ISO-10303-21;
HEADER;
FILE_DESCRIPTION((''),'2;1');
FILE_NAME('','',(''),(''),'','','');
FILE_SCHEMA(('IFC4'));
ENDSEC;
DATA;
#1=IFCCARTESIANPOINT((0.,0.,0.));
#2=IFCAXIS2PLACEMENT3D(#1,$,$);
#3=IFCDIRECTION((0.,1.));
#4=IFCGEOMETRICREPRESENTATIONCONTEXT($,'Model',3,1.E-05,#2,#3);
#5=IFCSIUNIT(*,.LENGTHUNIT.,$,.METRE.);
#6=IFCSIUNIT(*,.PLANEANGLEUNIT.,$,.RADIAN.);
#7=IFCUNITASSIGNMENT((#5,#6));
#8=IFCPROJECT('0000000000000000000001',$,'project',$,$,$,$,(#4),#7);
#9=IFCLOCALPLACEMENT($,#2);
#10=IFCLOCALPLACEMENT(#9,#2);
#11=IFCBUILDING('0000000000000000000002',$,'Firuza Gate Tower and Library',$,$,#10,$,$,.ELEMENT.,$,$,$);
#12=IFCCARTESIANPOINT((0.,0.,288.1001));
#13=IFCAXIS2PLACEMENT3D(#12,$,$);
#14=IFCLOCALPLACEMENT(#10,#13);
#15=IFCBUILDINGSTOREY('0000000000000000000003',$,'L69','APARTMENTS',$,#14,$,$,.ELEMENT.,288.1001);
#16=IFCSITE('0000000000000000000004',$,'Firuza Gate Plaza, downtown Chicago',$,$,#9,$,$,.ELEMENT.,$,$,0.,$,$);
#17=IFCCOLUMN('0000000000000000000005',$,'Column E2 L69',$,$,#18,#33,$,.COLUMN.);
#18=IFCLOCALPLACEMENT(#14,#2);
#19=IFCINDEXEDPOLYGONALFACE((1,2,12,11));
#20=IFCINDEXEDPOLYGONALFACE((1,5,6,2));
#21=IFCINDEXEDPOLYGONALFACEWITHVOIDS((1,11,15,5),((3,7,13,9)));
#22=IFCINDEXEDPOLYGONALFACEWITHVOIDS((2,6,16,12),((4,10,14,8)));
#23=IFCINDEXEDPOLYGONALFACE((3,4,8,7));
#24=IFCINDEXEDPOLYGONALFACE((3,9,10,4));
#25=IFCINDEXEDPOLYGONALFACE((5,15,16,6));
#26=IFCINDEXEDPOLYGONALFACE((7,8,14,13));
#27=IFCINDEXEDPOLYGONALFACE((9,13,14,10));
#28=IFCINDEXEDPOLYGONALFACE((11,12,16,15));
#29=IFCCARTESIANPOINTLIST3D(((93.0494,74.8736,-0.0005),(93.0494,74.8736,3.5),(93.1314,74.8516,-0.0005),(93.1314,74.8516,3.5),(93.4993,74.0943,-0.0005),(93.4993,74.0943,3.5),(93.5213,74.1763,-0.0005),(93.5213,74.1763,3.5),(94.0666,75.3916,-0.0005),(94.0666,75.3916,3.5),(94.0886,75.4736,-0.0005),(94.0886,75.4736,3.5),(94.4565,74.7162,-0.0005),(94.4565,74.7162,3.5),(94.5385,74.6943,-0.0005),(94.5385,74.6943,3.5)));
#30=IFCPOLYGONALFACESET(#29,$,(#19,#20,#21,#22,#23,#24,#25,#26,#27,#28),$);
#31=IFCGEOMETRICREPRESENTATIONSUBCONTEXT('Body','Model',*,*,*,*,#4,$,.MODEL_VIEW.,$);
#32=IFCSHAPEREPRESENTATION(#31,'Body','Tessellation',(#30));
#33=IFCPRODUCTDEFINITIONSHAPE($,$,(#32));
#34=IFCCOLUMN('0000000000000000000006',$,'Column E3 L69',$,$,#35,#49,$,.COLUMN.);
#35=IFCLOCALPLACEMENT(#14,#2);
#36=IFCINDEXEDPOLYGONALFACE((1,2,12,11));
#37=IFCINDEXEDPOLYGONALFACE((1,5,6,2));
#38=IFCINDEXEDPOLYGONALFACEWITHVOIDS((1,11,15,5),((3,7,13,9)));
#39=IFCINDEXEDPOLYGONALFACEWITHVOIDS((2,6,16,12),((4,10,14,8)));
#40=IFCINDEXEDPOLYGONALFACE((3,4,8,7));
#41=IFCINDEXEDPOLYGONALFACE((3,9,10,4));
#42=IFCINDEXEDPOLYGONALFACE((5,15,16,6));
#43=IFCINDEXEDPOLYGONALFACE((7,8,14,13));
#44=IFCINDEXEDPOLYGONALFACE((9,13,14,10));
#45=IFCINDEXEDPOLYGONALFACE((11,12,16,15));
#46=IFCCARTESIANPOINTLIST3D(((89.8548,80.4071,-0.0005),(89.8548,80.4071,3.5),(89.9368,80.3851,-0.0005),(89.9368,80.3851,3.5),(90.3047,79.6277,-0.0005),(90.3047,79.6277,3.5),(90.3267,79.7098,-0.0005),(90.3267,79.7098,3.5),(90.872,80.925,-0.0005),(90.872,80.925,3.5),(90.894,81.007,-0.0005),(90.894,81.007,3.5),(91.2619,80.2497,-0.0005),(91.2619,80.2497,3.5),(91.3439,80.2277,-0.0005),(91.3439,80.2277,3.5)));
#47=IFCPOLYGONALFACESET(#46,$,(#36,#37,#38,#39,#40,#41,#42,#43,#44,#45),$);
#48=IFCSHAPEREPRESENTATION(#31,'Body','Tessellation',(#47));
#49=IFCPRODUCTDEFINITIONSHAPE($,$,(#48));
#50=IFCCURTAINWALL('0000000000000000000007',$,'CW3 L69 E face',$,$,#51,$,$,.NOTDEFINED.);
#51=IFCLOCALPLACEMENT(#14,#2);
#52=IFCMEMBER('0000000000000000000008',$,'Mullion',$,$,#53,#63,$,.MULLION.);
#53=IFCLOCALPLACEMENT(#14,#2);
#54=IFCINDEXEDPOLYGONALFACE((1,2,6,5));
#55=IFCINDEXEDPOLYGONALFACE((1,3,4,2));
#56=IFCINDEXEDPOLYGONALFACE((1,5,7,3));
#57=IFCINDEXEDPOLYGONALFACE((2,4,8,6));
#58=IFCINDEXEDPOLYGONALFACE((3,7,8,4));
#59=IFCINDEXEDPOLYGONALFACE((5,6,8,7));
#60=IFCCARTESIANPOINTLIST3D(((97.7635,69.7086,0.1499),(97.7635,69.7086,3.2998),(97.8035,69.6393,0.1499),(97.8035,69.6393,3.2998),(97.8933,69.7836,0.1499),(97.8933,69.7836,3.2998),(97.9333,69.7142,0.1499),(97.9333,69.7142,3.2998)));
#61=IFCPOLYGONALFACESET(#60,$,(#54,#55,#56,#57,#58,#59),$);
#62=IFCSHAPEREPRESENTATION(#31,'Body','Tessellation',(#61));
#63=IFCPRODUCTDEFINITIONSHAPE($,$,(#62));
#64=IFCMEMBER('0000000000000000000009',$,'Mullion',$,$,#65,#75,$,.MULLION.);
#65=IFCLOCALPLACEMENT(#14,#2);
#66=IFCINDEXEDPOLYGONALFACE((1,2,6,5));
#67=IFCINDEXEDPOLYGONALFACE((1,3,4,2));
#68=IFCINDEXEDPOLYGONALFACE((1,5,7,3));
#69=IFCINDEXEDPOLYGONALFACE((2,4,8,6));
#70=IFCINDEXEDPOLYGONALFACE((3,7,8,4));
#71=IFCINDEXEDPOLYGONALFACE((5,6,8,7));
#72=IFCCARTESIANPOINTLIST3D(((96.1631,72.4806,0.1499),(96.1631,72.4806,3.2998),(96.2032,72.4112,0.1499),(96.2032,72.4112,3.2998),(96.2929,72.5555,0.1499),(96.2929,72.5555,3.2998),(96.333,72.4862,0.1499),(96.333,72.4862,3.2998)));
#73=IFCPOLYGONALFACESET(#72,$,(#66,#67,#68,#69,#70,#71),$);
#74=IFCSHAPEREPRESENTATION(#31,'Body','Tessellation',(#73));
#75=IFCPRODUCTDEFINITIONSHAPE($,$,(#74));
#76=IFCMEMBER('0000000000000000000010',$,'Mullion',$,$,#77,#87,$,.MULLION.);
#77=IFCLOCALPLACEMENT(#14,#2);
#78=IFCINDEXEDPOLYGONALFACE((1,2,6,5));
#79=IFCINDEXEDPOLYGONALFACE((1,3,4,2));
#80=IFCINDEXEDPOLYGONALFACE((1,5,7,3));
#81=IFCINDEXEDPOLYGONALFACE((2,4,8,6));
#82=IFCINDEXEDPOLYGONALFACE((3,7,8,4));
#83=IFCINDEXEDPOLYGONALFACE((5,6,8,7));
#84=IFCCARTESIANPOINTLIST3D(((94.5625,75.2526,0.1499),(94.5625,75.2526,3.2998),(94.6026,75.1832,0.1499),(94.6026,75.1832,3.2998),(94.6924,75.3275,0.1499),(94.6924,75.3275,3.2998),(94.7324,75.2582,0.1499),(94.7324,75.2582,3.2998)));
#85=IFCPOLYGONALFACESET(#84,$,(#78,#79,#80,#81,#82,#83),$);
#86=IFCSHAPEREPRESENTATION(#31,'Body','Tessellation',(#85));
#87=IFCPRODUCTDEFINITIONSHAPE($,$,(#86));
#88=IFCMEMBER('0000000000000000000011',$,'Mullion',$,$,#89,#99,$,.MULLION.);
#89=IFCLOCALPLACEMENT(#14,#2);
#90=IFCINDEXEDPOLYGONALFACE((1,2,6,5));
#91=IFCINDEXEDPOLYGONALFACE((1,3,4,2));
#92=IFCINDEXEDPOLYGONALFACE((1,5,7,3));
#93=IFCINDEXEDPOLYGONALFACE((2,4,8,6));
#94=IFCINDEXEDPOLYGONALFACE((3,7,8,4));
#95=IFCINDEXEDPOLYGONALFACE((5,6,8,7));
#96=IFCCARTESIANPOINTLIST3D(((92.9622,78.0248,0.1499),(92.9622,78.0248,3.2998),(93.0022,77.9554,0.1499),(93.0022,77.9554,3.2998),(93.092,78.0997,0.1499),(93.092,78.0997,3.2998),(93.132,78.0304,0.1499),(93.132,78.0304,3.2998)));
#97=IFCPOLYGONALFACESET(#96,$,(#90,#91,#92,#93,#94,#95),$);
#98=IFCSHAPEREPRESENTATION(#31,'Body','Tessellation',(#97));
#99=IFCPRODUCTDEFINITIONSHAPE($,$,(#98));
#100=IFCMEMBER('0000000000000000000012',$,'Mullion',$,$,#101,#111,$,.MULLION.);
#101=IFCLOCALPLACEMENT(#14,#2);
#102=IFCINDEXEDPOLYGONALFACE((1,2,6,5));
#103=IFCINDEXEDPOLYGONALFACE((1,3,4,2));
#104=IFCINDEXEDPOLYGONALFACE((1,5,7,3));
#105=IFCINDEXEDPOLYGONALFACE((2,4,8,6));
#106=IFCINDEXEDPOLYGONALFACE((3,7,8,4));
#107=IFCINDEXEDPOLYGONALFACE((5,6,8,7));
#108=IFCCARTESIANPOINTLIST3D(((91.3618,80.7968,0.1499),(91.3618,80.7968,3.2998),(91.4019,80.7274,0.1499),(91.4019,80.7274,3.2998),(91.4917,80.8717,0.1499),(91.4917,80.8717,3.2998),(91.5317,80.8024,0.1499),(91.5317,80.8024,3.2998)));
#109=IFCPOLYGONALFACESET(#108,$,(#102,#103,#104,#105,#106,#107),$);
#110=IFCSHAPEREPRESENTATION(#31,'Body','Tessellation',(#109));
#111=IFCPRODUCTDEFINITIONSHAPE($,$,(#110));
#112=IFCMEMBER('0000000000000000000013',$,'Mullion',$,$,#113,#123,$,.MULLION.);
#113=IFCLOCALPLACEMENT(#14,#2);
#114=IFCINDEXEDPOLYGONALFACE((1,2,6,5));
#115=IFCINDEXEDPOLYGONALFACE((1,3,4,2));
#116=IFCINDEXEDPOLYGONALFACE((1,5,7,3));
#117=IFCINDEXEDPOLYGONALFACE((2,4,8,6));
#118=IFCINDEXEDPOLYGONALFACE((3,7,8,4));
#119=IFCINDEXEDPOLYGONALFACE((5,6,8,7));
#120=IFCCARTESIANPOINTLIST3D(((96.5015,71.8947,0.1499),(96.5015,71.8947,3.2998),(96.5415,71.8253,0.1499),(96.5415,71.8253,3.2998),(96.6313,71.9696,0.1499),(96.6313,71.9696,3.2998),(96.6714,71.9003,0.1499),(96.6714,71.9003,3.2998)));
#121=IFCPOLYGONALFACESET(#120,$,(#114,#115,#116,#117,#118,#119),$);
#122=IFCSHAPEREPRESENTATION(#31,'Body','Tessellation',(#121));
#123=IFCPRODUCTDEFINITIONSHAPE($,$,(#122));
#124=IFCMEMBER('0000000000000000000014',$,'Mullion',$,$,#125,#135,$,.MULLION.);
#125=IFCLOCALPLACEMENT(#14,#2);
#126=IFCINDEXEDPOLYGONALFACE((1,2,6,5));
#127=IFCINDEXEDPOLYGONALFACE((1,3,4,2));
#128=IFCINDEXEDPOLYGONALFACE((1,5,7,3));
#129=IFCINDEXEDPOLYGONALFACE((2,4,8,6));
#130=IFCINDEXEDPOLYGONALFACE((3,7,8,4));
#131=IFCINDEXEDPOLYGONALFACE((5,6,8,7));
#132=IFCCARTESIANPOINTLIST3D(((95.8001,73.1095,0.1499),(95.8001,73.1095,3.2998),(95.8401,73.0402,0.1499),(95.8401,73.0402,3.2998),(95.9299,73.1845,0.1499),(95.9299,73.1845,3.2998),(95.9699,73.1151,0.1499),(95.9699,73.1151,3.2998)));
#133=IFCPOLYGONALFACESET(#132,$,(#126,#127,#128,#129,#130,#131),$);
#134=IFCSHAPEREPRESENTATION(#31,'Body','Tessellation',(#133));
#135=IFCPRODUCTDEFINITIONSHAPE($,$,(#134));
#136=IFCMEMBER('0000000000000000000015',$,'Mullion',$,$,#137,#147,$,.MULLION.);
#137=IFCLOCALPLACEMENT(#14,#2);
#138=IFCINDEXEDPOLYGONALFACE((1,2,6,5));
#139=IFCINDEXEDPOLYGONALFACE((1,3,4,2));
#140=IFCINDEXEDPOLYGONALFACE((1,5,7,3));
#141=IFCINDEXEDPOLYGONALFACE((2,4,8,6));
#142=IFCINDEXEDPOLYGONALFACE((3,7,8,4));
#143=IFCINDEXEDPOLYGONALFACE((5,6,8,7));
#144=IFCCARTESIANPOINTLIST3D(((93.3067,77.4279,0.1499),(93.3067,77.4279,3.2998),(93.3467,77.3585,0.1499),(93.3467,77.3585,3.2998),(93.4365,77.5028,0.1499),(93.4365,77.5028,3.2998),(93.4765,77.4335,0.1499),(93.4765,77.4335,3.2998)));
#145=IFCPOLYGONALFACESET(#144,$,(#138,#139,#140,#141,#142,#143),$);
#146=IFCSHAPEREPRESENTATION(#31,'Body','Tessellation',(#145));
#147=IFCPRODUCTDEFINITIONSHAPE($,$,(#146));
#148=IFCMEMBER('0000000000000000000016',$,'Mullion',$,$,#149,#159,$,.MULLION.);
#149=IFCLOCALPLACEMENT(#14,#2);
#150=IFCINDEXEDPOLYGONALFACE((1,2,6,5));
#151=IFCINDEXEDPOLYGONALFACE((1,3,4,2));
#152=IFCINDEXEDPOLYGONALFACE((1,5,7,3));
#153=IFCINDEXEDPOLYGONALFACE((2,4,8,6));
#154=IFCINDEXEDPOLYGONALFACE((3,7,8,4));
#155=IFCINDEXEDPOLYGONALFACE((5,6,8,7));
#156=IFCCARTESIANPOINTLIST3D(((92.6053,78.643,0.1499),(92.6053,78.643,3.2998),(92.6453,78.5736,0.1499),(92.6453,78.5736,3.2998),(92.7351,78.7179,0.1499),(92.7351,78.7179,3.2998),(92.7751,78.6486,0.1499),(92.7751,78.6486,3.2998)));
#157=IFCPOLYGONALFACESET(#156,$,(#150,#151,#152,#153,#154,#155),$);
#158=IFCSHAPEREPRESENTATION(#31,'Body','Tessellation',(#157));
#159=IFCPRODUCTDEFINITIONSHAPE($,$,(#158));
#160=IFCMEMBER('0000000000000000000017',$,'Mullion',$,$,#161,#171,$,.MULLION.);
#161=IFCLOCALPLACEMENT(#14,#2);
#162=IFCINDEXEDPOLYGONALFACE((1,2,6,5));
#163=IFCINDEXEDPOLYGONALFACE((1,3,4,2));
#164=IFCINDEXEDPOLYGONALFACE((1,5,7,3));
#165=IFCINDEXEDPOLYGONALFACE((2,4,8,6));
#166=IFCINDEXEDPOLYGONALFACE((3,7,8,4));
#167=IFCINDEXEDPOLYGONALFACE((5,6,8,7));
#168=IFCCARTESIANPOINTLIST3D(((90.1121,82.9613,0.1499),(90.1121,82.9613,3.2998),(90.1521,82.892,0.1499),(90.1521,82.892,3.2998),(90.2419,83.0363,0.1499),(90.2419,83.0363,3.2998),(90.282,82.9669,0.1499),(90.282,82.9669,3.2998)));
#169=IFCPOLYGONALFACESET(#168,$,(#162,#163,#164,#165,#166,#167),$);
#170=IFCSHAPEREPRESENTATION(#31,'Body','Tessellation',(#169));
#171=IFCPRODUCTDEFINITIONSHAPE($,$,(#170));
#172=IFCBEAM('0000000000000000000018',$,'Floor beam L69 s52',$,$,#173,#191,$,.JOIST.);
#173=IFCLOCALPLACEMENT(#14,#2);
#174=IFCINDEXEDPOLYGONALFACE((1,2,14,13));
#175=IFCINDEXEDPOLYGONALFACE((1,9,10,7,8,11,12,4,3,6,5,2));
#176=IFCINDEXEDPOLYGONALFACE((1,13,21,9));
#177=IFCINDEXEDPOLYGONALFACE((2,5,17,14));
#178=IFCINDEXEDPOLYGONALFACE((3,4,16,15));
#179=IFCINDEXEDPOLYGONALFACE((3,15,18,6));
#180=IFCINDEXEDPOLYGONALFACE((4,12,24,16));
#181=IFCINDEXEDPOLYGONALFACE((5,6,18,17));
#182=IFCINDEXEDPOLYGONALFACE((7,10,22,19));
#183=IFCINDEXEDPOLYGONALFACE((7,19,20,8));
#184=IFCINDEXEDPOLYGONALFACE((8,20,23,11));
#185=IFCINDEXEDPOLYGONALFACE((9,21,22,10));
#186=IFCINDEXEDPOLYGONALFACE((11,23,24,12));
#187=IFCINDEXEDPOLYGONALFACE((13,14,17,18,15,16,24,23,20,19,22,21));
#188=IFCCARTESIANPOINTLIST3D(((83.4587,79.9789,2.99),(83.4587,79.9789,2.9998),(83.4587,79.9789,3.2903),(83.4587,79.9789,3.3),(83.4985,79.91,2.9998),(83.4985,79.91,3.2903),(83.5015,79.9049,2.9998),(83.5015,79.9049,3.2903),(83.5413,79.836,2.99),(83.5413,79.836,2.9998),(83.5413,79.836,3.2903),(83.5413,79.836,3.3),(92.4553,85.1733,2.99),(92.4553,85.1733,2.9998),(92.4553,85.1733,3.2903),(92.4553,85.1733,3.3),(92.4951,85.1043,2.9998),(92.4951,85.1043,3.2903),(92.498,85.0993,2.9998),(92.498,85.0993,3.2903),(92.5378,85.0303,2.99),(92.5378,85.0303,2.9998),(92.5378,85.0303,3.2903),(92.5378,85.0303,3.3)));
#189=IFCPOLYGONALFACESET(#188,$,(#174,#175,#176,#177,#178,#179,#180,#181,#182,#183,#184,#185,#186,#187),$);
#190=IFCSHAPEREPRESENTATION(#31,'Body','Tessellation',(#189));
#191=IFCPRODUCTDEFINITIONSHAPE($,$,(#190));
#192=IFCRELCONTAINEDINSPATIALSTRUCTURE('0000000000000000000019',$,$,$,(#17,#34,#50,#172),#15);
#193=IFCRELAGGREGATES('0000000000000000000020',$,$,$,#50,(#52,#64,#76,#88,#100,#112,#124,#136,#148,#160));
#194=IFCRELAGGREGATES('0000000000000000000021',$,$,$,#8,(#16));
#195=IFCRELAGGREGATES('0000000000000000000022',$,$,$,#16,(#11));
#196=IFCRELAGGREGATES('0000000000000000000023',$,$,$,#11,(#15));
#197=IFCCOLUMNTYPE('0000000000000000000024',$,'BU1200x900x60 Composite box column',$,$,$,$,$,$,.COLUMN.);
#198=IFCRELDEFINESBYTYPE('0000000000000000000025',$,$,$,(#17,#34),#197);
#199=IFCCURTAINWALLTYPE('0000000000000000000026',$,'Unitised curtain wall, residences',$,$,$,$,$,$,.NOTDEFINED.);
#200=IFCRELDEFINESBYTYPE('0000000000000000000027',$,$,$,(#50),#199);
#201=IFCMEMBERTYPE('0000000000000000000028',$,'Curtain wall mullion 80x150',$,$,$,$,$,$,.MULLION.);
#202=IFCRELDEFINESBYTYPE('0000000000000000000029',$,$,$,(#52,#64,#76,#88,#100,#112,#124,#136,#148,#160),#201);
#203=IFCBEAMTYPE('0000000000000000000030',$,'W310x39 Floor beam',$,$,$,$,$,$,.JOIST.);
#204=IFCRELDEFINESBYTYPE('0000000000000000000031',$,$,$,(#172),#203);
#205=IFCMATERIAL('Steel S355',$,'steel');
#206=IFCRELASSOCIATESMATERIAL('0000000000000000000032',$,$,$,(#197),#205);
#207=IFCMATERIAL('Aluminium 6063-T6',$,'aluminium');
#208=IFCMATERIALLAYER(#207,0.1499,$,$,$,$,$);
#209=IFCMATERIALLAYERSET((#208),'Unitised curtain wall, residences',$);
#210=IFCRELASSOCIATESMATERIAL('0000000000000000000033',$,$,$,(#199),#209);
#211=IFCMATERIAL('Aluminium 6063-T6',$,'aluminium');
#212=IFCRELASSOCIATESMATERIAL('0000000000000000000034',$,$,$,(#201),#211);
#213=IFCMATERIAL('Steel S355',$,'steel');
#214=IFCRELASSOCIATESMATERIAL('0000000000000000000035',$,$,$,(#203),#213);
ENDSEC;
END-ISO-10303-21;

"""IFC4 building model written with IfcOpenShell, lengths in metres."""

from ifc_helpers import new_model, si_unit, direction, frame, origin, origin_2d, place, context, subcontext, project, spatial, rectangle, hollow_rectangle, i_section, extrude, material, layer, layer_set, material_profile, profile_set, type_object, element, aggregate, save


model = new_model("IFC4")

# Units and contexts
model_context = context("Model", 3, precision=1e-05, world=origin(), true_north=direction((0.0, 1.0)))
body_context = subcontext(model_context, "Body", "Model", "MODEL_VIEW")
ifc_project = project(units=[si_unit("LENGTHUNIT", "METRE"), si_unit("PLANEANGLEUNIT", "RADIAN")], contexts=[model_context])

# Site, building, storey
site_placement = place(None, origin())
site = spatial("IfcSite", under=ifc_project, at=site_placement, Name="Firuza Gate Plaza, downtown Chicago", CompositionType="ELEMENT", RefElevation=0.0)
building_placement = place(site_placement, origin())
building = spatial("IfcBuilding", under=site, at=building_placement, Name="Firuza Gate Tower and Library", CompositionType="ELEMENT")
storey_placement = place(building_placement, frame((0.0, 0.0, 288.1001)))
storey = spatial("IfcBuildingStorey", under=building, at=storey_placement, Name="L69", Description="APARTMENTS", CompositionType="ELEMENT", Elevation=288.1001)

# Columns
ifc_material_1 = material(Name="Steel S355", Category="steel")
ifc_material_profile_1 = material_profile(ifc_material_1, hollow_rectangle(XDim=0.8999, YDim=1.2, WallThickness=0.0601, at=origin_2d()))
ifc_profile_set_1 = profile_set([ifc_material_profile_1], Name="Steel S355")
column_type = type_object("IfcColumnType", Name="BU1200x900x60 Composite box column", PredefinedType="COLUMN", material=ifc_profile_set_1)
for number, where, z_axis, x_axis, name in (
    (1, (93.7939, 74.7839, -0.0005), (0.0, 0.0, 1.0), (-0.5, 0.866025, 0.0), "Column E2 L69"),
    (2, (90.5994, 80.3174, -0.0005), (0.0, 0.0, 1.0), (-0.5, 0.866025, 0.0), "Column E3 L69"),
):
    element("IfcColumn", number, at=place(storey_placement, frame(where, z_axis=z_axis, x_axis=x_axis)), inside=storey, type_object=column_type, Name=name, PredefinedType="COLUMN", context=body_context, shape_type="SweptSolid", body=[
        extrude(hollow_rectangle(XDim=0.8999, YDim=1.2, WallThickness=0.0601, at=origin_2d()), origin(), (0.0, 0.0, 1.0), 3.5005),
    ])

# Curtain wall, members
ifc_material_2 = material(Name="Aluminium 6063-T6", Category="aluminium")
ifc_layer_1 = layer(ifc_material_2, 0.1499)
ifc_layer_set_1 = layer_set([ifc_layer_1], Name="Unitised curtain wall, residences")
curtain_wall_type = type_object("IfcCurtainWallType", Name="Unitised curtain wall, residences", PredefinedType="NOTDEFINED", material=ifc_layer_set_1)
curtain_wall_placement = place(storey_placement, origin())
curtain_wall = element("IfcCurtainWall", 3, at=curtain_wall_placement, inside=storey, type_object=curtain_wall_type, Name="CW3 L69 E face", PredefinedType="NOTDEFINED")
ifc_material_3 = material(Name="Aluminium 6063-T6", Category="aluminium")
ifc_material_profile_2 = material_profile(ifc_material_3, rectangle(XDim=0.1499, YDim=0.0801, at=origin_2d()))
ifc_profile_set_2 = profile_set([ifc_material_profile_2], Name="Aluminium 6063-T6")
member_type = type_object("IfcMemberType", Name="Curtain wall mullion 80x150", PredefinedType="MULLION", material=ifc_profile_set_2)
member_1_placement = place(storey_placement, frame((97.8484, 69.7114, 0.1499), z_axis=(0.0, 0.0, 1.0), x_axis=(-0.866025, -0.5, 0.0)))
member_1 = element("IfcMember", 4, at=member_1_placement, type_object=member_type, Name="Mullion", PredefinedType="MULLION", context=body_context, shape_type="SweptSolid", body=[
    extrude(rectangle(XDim=0.1499, YDim=0.0801, at=origin_2d()), origin(), (0.0, 0.0, 1.0), 3.1499),
])
member_2_placement = place(storey_placement, frame((96.248, 72.4834, 0.1499), z_axis=(0.0, 0.0, 1.0), x_axis=(-0.866025, -0.5, 0.0)))
member_2 = element("IfcMember", 5, at=member_2_placement, type_object=member_type, Name="Mullion", PredefinedType="MULLION", context=body_context, shape_type="SweptSolid", body=[
    extrude(rectangle(XDim=0.1499, YDim=0.0801, at=origin_2d()), origin(), (0.0, 0.0, 1.0), 3.1499),
])
member_3_placement = place(storey_placement, frame((94.6475, 75.2554, 0.1499), z_axis=(0.0, 0.0, 1.0), x_axis=(-0.866025, -0.5, 0.0)))
member_3 = element("IfcMember", 6, at=member_3_placement, type_object=member_type, Name="Mullion", PredefinedType="MULLION", context=body_context, shape_type="SweptSolid", body=[
    extrude(rectangle(XDim=0.1499, YDim=0.0801, at=origin_2d()), origin(), (0.0, 0.0, 1.0), 3.1499),
])
member_4_placement = place(storey_placement, frame((93.0471, 78.0276, 0.1499), z_axis=(0.0, 0.0, 1.0), x_axis=(-0.866025, -0.5, 0.0)))
member_4 = element("IfcMember", 7, at=member_4_placement, type_object=member_type, Name="Mullion", PredefinedType="MULLION", context=body_context, shape_type="SweptSolid", body=[
    extrude(rectangle(XDim=0.1499, YDim=0.0801, at=origin_2d()), origin(), (0.0, 0.0, 1.0), 3.1499),
])
member_5_placement = place(storey_placement, frame((91.4468, 80.7996, 0.1499), z_axis=(0.0, 0.0, 1.0), x_axis=(-0.866025, -0.5, 0.0)))
member_5 = element("IfcMember", 8, at=member_5_placement, type_object=member_type, Name="Mullion", PredefinedType="MULLION", context=body_context, shape_type="SweptSolid", body=[
    extrude(rectangle(XDim=0.1499, YDim=0.0801, at=origin_2d()), origin(), (0.0, 0.0, 1.0), 3.1499),
])
member_6_placement = place(storey_placement, frame((96.5864, 71.8975, 0.1499), z_axis=(0.0, 0.0, 1.0), x_axis=(-0.866025, -0.5, 0.0)))
member_6 = element("IfcMember", 9, at=member_6_placement, type_object=member_type, Name="Mullion", PredefinedType="MULLION", context=body_context, shape_type="SweptSolid", body=[
    extrude(rectangle(XDim=0.1499, YDim=0.0801, at=origin_2d()), origin(), (0.0, 0.0, 1.0), 3.1499),
])
member_7_placement = place(storey_placement, frame((95.885, 73.1123, 0.1499), z_axis=(0.0, 0.0, 1.0), x_axis=(-0.866025, -0.5, 0.0)))
member_7 = element("IfcMember", 10, at=member_7_placement, type_object=member_type, Name="Mullion", PredefinedType="MULLION", context=body_context, shape_type="SweptSolid", body=[
    extrude(rectangle(XDim=0.1499, YDim=0.0801, at=origin_2d()), origin(), (0.0, 0.0, 1.0), 3.1499),
])
member_8_placement = place(storey_placement, frame((93.3916, 77.4307, 0.1499), z_axis=(0.0, 0.0, 1.0), x_axis=(-0.866025, -0.5, 0.0)))
member_8 = element("IfcMember", 11, at=member_8_placement, type_object=member_type, Name="Mullion", PredefinedType="MULLION", context=body_context, shape_type="SweptSolid", body=[
    extrude(rectangle(XDim=0.1499, YDim=0.0801, at=origin_2d()), origin(), (0.0, 0.0, 1.0), 3.1499),
])
member_9_placement = place(storey_placement, frame((92.6902, 78.6458, 0.1499), z_axis=(0.0, 0.0, 1.0), x_axis=(-0.866025, -0.5, 0.0)))
member_9 = element("IfcMember", 12, at=member_9_placement, type_object=member_type, Name="Mullion", PredefinedType="MULLION", context=body_context, shape_type="SweptSolid", body=[
    extrude(rectangle(XDim=0.1499, YDim=0.0801, at=origin_2d()), origin(), (0.0, 0.0, 1.0), 3.1499),
])
member_10_placement = place(storey_placement, frame((90.197, 82.9641, 0.1499), z_axis=(0.0, 0.0, 1.0), x_axis=(-0.866025, -0.5, 0.0)))
member_10 = element("IfcMember", 13, at=member_10_placement, type_object=member_type, Name="Mullion", PredefinedType="MULLION", context=body_context, shape_type="SweptSolid", body=[
    extrude(rectangle(XDim=0.1499, YDim=0.0801, at=origin_2d()), origin(), (0.0, 0.0, 1.0), 3.1499),
])

# Beam
ifc_material_4 = material(Name="Steel S355", Category="steel")
ifc_material_profile_3 = material_profile(ifc_material_4, i_section(OverallWidth=0.165, OverallDepth=0.3101, WebThickness=0.0059, FlangeThickness=0.0098, at=origin_2d()))
ifc_profile_set_3 = profile_set([ifc_material_profile_3], Name="Steel S355")
beam_type_1 = type_object("IfcBeamType", Name="W310x39 Floor beam", PredefinedType="JOIST", material=ifc_profile_set_3)
beam_1_placement = place(storey_placement, frame((92.4966, 85.1018, 3.145), z_axis=(-0.866019, -0.500011, 0.0), x_axis=(0.500011, -0.866019, 0.0)))
element("IfcBeam", 14, at=beam_1_placement, inside=storey, type_object=beam_type_1, Name="Floor beam L69 s52", PredefinedType="JOIST", context=body_context, shape_type="SweptSolid", body=[
    extrude(i_section(OverallWidth=0.165, OverallDepth=0.3101, WebThickness=0.0059, FlangeThickness=0.0098, at=origin_2d()), origin(), (0.0, 0.0, 1.0), 10.3884),
])

aggregate(curtain_wall, [member_1, member_2, member_3, member_4, member_5, member_6, member_7, member_8, member_9, member_10])

save(model, "model.ifc")
